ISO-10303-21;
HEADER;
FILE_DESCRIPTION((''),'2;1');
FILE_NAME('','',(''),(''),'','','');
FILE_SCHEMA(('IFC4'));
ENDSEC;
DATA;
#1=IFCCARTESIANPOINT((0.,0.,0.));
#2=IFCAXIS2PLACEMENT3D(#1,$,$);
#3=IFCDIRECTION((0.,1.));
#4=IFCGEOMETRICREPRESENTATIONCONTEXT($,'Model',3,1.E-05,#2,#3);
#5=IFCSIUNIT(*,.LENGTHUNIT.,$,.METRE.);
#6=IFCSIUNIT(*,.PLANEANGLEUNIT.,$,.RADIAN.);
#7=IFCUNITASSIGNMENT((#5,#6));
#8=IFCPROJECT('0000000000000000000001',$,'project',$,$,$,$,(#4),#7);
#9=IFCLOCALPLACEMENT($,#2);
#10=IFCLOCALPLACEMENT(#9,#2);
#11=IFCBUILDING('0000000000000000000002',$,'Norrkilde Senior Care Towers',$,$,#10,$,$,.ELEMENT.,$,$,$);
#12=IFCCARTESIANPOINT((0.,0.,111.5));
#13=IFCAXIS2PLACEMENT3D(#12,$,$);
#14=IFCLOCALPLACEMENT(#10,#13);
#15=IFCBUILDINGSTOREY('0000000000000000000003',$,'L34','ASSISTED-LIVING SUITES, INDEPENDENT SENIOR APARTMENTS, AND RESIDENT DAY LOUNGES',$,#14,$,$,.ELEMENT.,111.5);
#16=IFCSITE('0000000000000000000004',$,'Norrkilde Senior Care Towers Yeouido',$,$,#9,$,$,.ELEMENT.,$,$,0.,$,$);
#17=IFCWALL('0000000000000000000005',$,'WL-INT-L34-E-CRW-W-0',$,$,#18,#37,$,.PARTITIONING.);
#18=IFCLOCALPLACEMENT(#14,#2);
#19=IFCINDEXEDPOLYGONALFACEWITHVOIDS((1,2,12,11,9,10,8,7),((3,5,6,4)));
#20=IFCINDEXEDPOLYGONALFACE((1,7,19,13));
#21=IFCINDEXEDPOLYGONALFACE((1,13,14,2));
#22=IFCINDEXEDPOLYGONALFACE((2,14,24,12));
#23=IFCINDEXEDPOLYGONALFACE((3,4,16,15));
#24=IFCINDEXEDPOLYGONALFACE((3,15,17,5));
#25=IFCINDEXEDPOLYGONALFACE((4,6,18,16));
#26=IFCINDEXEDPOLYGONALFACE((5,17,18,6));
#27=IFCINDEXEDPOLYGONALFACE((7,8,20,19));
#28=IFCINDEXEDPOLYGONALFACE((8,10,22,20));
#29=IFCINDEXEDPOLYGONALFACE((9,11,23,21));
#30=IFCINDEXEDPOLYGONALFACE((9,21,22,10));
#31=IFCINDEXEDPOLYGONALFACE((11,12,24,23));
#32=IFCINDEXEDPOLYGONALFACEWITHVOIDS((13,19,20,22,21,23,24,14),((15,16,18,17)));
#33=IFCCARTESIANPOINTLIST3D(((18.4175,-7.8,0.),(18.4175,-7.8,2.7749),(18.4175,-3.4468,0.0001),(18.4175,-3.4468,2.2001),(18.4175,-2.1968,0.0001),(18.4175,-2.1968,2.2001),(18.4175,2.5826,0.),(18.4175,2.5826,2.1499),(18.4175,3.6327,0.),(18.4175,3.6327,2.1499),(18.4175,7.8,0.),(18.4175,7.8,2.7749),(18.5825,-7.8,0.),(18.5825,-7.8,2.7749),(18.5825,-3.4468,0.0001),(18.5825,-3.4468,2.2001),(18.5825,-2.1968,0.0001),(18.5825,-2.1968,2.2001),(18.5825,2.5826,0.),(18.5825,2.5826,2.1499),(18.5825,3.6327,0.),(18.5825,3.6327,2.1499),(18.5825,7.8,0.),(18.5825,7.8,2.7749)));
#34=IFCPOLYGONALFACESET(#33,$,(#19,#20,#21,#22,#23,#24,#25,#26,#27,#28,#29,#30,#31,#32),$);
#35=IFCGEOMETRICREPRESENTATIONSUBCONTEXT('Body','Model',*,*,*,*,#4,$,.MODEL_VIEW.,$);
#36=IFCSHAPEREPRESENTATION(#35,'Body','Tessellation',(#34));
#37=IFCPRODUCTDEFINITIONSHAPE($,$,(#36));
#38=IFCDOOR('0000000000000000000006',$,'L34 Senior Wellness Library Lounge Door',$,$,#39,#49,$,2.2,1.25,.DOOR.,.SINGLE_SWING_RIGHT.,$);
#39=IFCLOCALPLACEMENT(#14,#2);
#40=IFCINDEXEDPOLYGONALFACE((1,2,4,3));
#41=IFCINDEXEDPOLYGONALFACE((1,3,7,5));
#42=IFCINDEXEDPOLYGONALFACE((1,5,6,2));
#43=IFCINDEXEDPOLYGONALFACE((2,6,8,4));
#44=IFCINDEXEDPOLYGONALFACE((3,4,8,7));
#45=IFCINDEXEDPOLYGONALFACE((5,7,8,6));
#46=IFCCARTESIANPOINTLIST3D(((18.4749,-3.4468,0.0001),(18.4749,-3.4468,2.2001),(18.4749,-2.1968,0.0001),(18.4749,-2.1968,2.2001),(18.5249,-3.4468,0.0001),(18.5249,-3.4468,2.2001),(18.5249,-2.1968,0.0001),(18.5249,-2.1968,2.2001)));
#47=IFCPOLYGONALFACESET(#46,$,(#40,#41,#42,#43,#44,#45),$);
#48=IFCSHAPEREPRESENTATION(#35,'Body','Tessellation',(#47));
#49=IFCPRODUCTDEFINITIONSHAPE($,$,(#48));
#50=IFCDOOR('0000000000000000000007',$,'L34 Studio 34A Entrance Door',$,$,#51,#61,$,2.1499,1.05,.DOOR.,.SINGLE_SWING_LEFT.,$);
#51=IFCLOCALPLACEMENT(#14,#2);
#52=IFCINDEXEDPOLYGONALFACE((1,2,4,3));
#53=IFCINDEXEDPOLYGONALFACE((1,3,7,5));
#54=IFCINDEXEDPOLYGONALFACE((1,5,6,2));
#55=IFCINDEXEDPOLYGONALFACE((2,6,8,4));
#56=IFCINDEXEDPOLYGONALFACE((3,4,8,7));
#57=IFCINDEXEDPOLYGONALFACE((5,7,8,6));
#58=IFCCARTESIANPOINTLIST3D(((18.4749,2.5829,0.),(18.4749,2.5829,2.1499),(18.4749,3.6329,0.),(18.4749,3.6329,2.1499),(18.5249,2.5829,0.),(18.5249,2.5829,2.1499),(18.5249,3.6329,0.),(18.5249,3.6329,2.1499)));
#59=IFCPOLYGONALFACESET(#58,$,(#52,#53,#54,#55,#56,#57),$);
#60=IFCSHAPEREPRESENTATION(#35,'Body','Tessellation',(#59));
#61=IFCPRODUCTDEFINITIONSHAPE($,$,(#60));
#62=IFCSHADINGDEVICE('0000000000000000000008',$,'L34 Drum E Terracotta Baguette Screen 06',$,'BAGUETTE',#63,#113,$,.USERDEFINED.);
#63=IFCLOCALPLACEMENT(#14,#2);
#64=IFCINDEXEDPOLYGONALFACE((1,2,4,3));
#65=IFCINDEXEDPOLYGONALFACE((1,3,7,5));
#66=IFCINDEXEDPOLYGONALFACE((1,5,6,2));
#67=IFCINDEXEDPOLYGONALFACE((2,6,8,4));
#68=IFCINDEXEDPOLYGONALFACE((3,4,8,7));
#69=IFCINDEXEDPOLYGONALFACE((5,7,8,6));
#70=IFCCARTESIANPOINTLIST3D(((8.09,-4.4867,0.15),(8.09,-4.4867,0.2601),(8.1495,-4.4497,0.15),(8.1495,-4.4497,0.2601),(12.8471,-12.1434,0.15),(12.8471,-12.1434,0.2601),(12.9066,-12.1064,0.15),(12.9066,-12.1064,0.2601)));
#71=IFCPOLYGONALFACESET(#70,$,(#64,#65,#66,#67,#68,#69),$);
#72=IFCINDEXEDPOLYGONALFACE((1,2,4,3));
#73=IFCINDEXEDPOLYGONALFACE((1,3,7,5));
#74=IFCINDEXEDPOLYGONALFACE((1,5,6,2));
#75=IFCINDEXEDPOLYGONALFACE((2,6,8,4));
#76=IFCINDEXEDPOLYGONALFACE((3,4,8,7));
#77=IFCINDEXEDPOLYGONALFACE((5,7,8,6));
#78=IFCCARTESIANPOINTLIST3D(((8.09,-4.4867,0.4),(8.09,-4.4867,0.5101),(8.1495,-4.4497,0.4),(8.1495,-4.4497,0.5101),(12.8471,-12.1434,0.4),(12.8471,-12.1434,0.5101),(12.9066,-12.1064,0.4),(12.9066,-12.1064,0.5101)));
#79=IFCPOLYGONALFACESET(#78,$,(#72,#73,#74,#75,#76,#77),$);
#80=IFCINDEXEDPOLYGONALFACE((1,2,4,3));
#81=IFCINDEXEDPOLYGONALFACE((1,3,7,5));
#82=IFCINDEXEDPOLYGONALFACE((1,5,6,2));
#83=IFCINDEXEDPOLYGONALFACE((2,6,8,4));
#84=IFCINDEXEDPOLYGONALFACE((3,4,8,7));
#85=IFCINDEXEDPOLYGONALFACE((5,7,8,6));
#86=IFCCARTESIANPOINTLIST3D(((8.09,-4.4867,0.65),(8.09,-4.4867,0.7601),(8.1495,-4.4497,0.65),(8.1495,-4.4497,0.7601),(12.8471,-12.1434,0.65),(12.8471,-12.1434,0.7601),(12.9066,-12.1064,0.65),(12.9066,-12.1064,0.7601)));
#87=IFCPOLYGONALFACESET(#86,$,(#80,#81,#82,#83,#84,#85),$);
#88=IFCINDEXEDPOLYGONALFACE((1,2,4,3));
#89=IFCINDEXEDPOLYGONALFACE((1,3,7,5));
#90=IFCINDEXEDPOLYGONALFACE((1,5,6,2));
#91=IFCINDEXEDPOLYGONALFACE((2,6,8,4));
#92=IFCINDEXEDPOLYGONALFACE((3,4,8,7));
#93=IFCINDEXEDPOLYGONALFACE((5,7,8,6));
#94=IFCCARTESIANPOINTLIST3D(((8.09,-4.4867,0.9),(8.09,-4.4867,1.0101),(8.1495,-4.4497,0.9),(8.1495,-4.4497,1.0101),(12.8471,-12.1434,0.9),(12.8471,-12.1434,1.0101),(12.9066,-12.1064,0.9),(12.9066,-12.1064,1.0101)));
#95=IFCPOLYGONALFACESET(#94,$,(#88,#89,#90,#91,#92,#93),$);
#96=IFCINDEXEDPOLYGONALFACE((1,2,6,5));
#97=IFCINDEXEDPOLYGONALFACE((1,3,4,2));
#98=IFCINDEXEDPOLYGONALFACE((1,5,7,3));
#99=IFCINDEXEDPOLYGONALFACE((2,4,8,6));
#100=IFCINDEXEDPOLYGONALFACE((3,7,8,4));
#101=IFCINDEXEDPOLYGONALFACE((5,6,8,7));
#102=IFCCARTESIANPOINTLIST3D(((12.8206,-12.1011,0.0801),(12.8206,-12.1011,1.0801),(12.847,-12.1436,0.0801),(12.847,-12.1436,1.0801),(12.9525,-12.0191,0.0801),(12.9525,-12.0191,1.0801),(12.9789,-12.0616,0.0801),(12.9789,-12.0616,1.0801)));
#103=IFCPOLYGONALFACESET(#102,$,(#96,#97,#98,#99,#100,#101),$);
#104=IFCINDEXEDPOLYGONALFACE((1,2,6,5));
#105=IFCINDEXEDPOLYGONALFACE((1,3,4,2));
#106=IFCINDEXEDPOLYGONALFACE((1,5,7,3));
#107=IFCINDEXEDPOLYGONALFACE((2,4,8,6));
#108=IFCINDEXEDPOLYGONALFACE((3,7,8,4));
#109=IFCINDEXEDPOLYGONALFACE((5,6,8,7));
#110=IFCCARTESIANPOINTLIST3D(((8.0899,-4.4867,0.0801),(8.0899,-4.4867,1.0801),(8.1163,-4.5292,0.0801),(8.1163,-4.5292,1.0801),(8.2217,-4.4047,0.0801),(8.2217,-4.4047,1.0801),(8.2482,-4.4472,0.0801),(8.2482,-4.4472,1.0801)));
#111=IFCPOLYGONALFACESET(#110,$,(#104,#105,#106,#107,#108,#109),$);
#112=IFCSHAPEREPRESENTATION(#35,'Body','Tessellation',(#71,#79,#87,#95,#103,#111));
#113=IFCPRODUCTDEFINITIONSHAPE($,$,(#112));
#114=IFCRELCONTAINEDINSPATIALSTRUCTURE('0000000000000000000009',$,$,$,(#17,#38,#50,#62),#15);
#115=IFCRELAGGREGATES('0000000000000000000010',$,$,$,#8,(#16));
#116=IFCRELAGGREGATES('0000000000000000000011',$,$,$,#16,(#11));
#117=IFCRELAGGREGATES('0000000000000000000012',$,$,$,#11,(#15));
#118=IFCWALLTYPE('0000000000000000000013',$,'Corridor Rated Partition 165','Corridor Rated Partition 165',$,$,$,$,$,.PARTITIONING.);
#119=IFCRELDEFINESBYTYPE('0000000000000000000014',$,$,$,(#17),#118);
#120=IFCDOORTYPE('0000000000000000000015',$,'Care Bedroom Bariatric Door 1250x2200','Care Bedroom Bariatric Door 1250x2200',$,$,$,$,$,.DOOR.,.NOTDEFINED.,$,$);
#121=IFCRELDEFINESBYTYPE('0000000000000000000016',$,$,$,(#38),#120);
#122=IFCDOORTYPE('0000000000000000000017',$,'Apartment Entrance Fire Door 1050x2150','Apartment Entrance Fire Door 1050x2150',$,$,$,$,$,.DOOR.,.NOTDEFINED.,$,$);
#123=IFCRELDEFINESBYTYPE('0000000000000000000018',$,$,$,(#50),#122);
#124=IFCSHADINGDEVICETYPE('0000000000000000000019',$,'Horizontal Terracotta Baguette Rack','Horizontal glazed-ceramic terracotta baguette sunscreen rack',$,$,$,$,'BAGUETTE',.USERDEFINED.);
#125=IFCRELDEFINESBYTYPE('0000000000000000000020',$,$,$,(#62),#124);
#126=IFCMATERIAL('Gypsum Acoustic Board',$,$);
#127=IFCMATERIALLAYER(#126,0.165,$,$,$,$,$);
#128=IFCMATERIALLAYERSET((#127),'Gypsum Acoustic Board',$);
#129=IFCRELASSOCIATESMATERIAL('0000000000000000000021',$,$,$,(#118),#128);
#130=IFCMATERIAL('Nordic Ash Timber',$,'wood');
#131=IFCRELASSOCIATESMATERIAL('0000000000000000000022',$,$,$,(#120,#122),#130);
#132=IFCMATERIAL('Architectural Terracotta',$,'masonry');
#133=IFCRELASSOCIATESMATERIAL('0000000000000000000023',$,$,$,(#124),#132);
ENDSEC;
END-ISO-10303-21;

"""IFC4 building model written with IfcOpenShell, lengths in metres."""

from ifc_helpers import new_model, si_unit, direction, frame, frame_2d, origin, origin_2d, place, context, subcontext, project, spatial, rectangle, extrude, source, transform, mapped, material, layer, layer_set, type_object, type_shapes, element, fill, save


model = new_model("IFC4")

# Units and contexts
model_context = context("Model", 3, precision=1e-05, world=origin(), true_north=direction((0.0, 1.0)))
body_context = subcontext(model_context, "Body", "Model", "MODEL_VIEW")
ifc_project = project(units=[si_unit("LENGTHUNIT", "METRE"), si_unit("PLANEANGLEUNIT", "RADIAN")], contexts=[model_context])

# Site, building, storey
site_placement = place(None, origin())
site = spatial("IfcSite", under=ifc_project, at=site_placement, Name="Norrkilde Senior Care Towers Yeouido", CompositionType="ELEMENT", RefElevation=0.0)
building_placement = place(site_placement, origin())
building = spatial("IfcBuilding", under=site, at=building_placement, Name="Norrkilde Senior Care Towers", CompositionType="ELEMENT")
storey_placement = place(building_placement, frame((0.0, 0.0, 111.5)))
storey = spatial("IfcBuildingStorey", under=building, at=storey_placement, Name="L34", Description="ASSISTED-LIVING SUITES, INDEPENDENT SENIOR APARTMENTS, AND RESIDENT DAY LOUNGES", CompositionType="ELEMENT", Elevation=111.5)

# Wall, openings, doors
ifc_material_1 = material(Name="Gypsum Acoustic Board")
ifc_layer_1 = layer(ifc_material_1, 0.165)
ifc_layer_set_1 = layer_set([ifc_layer_1], Name="Gypsum Acoustic Board")
wall_type_1 = type_object("IfcWallType", Name="Corridor Rated Partition 165", Description="Corridor Rated Partition 165", PredefinedType="PARTITIONING", material=ifc_layer_set_1)
shared_shape_1 = source(origin(), body_context, "Body", "SweptSolid", [
    extrude(rectangle(XDim=15.6001, YDim=0.165, at=frame_2d((7.8, 0.0))), origin(), (0.0, 0.0, 1.0), 2.7749),
])
type_shapes(wall_type_1, [shared_shape_1])
wall_1_placement = place(storey_placement, frame((18.5, -7.8, 0.0), z_axis=(0.0, 0.0, 1.0), x_axis=(0.0, 1.0, 0.0)))
wall_1 = element("IfcWall", 1, at=wall_1_placement, inside=storey, type_object=wall_type_1, Name="WL-INT-L34-E-CRW-W-0", PredefinedType="PARTITIONING", context=body_context, shape_type="MappedRepresentation", body=[
    mapped(shared_shape_1, transform((0.0, 0.0, 0.0), x_axis=(1.0, 0.0, 0.0), y_axis=(0.0, 1.0, 0.0), z_axis=(0.0, 0.0, 1.0), scale=1.0)),
])
opening_1_placement = place(wall_1_placement, frame((10.3828, 0.0, 0.0)))
opening_1 = element("IfcOpeningElement", 2, at=opening_1_placement, cuts=wall_1, PredefinedType="OPENING", context=body_context, shape_type="SweptSolid", body=[
    extrude(rectangle(XDim=1.05, YDim=2.1499, at=frame_2d((0.5249, 1.075))), frame((0.0, 0.0925, 0.0), z_axis=(0.0, -1.0, 0.0), x_axis=(1.0, 0.0, 0.0)), (0.0, 0.0, 1.0), 0.1851),
])
opening_2_placement = place(wall_1_placement, frame((4.3533, 0.0, 0.0)))
opening_2 = element("IfcOpeningElement", 3, at=opening_2_placement, cuts=wall_1, PredefinedType="OPENING", context=body_context, shape_type="SweptSolid", body=[
    extrude(rectangle(XDim=1.25, YDim=2.2, at=frame_2d((0.625, 1.1001))), frame((0.0, 0.0925, 0.0), z_axis=(0.0, -1.0, 0.0), x_axis=(1.0, 0.0, 0.0)), (0.0, 0.0, 1.0), 0.1851),
])
ifc_material_2 = material(Name="Nordic Ash Timber", Category="wood")
door_type_1 = type_object("IfcDoorType", Name="Care Bedroom Bariatric Door 1250x2200", Description="Care Bedroom Bariatric Door 1250x2200", OperationType="NOTDEFINED", PredefinedType="DOOR", material=ifc_material_2)
shared_shape_2 = source(origin(), body_context, "Body", "SweptSolid", [
    extrude(rectangle(XDim=1.25, YDim=2.2, at=frame_2d((0.625, 1.1001))), frame((0.0, 0.0249, 0.0), z_axis=(0.0, -1.0, 0.0), x_axis=(1.0, 0.0, 0.0)), (0.0, 0.0, 1.0), 0.05),
])
type_shapes(door_type_1, [shared_shape_2])
door_1_placement = place(opening_2_placement, frame((1.25, 0.0, 0.0), z_axis=(0.0, 0.0, 1.0), x_axis=(-1.0, 0.0, 0.0)))
door_1 = element("IfcDoor", 4, at=door_1_placement, inside=storey, type_object=door_type_1, Name="L34 Senior Wellness Library Lounge Door", OperationType="SINGLE_SWING_RIGHT", OverallHeight=2.2, OverallWidth=1.25, PredefinedType="DOOR", context=body_context, shape_type="MappedRepresentation", body=[
    mapped(shared_shape_2, transform((0.0, 0.0, 0.0), x_axis=(1.0, 0.0, 0.0), y_axis=(0.0, 1.0, 0.0), z_axis=(0.0, 0.0, 1.0), scale=1.0)),
])
fill(opening_2, door_1)
door_type_2 = type_object("IfcDoorType", Name="Apartment Entrance Fire Door 1050x2150", Description="Apartment Entrance Fire Door 1050x2150", OperationType="NOTDEFINED", PredefinedType="DOOR", material=ifc_material_2)
shared_shape_3 = source(origin(), body_context, "Body", "SweptSolid", [
    extrude(rectangle(XDim=1.05, YDim=2.1499, at=frame_2d((0.5249, 1.075))), frame((0.0, 0.0249, 0.0), z_axis=(0.0, -1.0, 0.0), x_axis=(1.0, 0.0, 0.0)), (0.0, 0.0, 1.0), 0.05),
])
type_shapes(door_type_2, [shared_shape_3])
door_2_placement = place(opening_1_placement, frame((1.05, 0.0, 0.0), z_axis=(0.0, 0.0, 1.0), x_axis=(-1.0, 0.0, 0.0)))
door_2 = element("IfcDoor", 5, at=door_2_placement, inside=storey, type_object=door_type_2, Name="L34 Studio 34A Entrance Door", OperationType="SINGLE_SWING_LEFT", OverallHeight=2.1499, OverallWidth=1.05, PredefinedType="DOOR", context=body_context, shape_type="MappedRepresentation", body=[
    mapped(shared_shape_3, transform((0.0, 0.0, 0.0), x_axis=(1.0, 0.0, 0.0), y_axis=(0.0, 1.0, 0.0), z_axis=(0.0, 0.0, 1.0), scale=1.0)),
])
fill(opening_1, door_2)

# Shading device
ifc_material_3 = material(Name="Architectural Terracotta", Category="masonry")
shading_device_type = type_object("IfcShadingDeviceType", Name="Horizontal Terracotta Baguette Rack", Description="Horizontal glazed-ceramic terracotta baguette sunscreen rack", ElementType="BAGUETTE", PredefinedType="USERDEFINED", material=ifc_material_3)
shared_shape_4 = source(origin(), body_context, "Body", "SweptSolid", [
    extrude(rectangle(XDim=0.0701, YDim=0.1101, at=origin_2d()), frame((0.0, 0.0901, 0.125), z_axis=(1.0, 0.0, 0.0), x_axis=(0.0, 1.0, 0.0)), (0.0, 0.0, 1.0), 9.0142),
    extrude(rectangle(XDim=0.0701, YDim=0.1101, at=origin_2d()), frame((0.0, 0.0901, 0.375), z_axis=(1.0, 0.0, 0.0), x_axis=(0.0, 1.0, 0.0)), (0.0, 0.0, 1.0), 9.0142),
    extrude(rectangle(XDim=0.0701, YDim=0.1101, at=origin_2d()), frame((0.0, 0.0901, 0.625), z_axis=(1.0, 0.0, 0.0), x_axis=(0.0, 1.0, 0.0)), (0.0, 0.0, 1.0), 9.0142),
    extrude(rectangle(XDim=0.0701, YDim=0.1101, at=origin_2d()), frame((0.0, 0.0901, 0.875), z_axis=(1.0, 0.0, 0.0), x_axis=(0.0, 1.0, 0.0)), (0.0, 0.0, 1.0), 9.0142),
    extrude(rectangle(XDim=0.05, YDim=0.1553, at=origin_2d()), frame((0.0249, 0.0476, 0.0)), (0.0, 0.0, 1.0), 1.0),
    extrude(rectangle(XDim=0.05, YDim=0.1553, at=origin_2d()), frame((8.9893, 0.0476, 0.0)), (0.0, 0.0, 1.0), 1.0),
])
type_shapes(shading_device_type, [shared_shape_4])
shading_device_placement = place(storey_placement, frame((12.9534, -12.0774, 0.0801), z_axis=(0.0, 0.0, 1.0), x_axis=(-0.527734, 0.849412, 0.0)))
element("IfcShadingDevice", 6, at=shading_device_placement, inside=storey, type_object=shading_device_type, Name="L34 Drum E Terracotta Baguette Screen 06", ObjectType="BAGUETTE", PredefinedType="USERDEFINED", context=body_context, shape_type="MappedRepresentation", body=[
    mapped(shared_shape_4, transform((0.0, 0.0, 0.0), x_axis=(1.0, 0.0, 0.0), y_axis=(0.0, 1.0, 0.0), z_axis=(0.0, 0.0, 1.0), scale=1.0)),
])

save(model, "model.ifc")
